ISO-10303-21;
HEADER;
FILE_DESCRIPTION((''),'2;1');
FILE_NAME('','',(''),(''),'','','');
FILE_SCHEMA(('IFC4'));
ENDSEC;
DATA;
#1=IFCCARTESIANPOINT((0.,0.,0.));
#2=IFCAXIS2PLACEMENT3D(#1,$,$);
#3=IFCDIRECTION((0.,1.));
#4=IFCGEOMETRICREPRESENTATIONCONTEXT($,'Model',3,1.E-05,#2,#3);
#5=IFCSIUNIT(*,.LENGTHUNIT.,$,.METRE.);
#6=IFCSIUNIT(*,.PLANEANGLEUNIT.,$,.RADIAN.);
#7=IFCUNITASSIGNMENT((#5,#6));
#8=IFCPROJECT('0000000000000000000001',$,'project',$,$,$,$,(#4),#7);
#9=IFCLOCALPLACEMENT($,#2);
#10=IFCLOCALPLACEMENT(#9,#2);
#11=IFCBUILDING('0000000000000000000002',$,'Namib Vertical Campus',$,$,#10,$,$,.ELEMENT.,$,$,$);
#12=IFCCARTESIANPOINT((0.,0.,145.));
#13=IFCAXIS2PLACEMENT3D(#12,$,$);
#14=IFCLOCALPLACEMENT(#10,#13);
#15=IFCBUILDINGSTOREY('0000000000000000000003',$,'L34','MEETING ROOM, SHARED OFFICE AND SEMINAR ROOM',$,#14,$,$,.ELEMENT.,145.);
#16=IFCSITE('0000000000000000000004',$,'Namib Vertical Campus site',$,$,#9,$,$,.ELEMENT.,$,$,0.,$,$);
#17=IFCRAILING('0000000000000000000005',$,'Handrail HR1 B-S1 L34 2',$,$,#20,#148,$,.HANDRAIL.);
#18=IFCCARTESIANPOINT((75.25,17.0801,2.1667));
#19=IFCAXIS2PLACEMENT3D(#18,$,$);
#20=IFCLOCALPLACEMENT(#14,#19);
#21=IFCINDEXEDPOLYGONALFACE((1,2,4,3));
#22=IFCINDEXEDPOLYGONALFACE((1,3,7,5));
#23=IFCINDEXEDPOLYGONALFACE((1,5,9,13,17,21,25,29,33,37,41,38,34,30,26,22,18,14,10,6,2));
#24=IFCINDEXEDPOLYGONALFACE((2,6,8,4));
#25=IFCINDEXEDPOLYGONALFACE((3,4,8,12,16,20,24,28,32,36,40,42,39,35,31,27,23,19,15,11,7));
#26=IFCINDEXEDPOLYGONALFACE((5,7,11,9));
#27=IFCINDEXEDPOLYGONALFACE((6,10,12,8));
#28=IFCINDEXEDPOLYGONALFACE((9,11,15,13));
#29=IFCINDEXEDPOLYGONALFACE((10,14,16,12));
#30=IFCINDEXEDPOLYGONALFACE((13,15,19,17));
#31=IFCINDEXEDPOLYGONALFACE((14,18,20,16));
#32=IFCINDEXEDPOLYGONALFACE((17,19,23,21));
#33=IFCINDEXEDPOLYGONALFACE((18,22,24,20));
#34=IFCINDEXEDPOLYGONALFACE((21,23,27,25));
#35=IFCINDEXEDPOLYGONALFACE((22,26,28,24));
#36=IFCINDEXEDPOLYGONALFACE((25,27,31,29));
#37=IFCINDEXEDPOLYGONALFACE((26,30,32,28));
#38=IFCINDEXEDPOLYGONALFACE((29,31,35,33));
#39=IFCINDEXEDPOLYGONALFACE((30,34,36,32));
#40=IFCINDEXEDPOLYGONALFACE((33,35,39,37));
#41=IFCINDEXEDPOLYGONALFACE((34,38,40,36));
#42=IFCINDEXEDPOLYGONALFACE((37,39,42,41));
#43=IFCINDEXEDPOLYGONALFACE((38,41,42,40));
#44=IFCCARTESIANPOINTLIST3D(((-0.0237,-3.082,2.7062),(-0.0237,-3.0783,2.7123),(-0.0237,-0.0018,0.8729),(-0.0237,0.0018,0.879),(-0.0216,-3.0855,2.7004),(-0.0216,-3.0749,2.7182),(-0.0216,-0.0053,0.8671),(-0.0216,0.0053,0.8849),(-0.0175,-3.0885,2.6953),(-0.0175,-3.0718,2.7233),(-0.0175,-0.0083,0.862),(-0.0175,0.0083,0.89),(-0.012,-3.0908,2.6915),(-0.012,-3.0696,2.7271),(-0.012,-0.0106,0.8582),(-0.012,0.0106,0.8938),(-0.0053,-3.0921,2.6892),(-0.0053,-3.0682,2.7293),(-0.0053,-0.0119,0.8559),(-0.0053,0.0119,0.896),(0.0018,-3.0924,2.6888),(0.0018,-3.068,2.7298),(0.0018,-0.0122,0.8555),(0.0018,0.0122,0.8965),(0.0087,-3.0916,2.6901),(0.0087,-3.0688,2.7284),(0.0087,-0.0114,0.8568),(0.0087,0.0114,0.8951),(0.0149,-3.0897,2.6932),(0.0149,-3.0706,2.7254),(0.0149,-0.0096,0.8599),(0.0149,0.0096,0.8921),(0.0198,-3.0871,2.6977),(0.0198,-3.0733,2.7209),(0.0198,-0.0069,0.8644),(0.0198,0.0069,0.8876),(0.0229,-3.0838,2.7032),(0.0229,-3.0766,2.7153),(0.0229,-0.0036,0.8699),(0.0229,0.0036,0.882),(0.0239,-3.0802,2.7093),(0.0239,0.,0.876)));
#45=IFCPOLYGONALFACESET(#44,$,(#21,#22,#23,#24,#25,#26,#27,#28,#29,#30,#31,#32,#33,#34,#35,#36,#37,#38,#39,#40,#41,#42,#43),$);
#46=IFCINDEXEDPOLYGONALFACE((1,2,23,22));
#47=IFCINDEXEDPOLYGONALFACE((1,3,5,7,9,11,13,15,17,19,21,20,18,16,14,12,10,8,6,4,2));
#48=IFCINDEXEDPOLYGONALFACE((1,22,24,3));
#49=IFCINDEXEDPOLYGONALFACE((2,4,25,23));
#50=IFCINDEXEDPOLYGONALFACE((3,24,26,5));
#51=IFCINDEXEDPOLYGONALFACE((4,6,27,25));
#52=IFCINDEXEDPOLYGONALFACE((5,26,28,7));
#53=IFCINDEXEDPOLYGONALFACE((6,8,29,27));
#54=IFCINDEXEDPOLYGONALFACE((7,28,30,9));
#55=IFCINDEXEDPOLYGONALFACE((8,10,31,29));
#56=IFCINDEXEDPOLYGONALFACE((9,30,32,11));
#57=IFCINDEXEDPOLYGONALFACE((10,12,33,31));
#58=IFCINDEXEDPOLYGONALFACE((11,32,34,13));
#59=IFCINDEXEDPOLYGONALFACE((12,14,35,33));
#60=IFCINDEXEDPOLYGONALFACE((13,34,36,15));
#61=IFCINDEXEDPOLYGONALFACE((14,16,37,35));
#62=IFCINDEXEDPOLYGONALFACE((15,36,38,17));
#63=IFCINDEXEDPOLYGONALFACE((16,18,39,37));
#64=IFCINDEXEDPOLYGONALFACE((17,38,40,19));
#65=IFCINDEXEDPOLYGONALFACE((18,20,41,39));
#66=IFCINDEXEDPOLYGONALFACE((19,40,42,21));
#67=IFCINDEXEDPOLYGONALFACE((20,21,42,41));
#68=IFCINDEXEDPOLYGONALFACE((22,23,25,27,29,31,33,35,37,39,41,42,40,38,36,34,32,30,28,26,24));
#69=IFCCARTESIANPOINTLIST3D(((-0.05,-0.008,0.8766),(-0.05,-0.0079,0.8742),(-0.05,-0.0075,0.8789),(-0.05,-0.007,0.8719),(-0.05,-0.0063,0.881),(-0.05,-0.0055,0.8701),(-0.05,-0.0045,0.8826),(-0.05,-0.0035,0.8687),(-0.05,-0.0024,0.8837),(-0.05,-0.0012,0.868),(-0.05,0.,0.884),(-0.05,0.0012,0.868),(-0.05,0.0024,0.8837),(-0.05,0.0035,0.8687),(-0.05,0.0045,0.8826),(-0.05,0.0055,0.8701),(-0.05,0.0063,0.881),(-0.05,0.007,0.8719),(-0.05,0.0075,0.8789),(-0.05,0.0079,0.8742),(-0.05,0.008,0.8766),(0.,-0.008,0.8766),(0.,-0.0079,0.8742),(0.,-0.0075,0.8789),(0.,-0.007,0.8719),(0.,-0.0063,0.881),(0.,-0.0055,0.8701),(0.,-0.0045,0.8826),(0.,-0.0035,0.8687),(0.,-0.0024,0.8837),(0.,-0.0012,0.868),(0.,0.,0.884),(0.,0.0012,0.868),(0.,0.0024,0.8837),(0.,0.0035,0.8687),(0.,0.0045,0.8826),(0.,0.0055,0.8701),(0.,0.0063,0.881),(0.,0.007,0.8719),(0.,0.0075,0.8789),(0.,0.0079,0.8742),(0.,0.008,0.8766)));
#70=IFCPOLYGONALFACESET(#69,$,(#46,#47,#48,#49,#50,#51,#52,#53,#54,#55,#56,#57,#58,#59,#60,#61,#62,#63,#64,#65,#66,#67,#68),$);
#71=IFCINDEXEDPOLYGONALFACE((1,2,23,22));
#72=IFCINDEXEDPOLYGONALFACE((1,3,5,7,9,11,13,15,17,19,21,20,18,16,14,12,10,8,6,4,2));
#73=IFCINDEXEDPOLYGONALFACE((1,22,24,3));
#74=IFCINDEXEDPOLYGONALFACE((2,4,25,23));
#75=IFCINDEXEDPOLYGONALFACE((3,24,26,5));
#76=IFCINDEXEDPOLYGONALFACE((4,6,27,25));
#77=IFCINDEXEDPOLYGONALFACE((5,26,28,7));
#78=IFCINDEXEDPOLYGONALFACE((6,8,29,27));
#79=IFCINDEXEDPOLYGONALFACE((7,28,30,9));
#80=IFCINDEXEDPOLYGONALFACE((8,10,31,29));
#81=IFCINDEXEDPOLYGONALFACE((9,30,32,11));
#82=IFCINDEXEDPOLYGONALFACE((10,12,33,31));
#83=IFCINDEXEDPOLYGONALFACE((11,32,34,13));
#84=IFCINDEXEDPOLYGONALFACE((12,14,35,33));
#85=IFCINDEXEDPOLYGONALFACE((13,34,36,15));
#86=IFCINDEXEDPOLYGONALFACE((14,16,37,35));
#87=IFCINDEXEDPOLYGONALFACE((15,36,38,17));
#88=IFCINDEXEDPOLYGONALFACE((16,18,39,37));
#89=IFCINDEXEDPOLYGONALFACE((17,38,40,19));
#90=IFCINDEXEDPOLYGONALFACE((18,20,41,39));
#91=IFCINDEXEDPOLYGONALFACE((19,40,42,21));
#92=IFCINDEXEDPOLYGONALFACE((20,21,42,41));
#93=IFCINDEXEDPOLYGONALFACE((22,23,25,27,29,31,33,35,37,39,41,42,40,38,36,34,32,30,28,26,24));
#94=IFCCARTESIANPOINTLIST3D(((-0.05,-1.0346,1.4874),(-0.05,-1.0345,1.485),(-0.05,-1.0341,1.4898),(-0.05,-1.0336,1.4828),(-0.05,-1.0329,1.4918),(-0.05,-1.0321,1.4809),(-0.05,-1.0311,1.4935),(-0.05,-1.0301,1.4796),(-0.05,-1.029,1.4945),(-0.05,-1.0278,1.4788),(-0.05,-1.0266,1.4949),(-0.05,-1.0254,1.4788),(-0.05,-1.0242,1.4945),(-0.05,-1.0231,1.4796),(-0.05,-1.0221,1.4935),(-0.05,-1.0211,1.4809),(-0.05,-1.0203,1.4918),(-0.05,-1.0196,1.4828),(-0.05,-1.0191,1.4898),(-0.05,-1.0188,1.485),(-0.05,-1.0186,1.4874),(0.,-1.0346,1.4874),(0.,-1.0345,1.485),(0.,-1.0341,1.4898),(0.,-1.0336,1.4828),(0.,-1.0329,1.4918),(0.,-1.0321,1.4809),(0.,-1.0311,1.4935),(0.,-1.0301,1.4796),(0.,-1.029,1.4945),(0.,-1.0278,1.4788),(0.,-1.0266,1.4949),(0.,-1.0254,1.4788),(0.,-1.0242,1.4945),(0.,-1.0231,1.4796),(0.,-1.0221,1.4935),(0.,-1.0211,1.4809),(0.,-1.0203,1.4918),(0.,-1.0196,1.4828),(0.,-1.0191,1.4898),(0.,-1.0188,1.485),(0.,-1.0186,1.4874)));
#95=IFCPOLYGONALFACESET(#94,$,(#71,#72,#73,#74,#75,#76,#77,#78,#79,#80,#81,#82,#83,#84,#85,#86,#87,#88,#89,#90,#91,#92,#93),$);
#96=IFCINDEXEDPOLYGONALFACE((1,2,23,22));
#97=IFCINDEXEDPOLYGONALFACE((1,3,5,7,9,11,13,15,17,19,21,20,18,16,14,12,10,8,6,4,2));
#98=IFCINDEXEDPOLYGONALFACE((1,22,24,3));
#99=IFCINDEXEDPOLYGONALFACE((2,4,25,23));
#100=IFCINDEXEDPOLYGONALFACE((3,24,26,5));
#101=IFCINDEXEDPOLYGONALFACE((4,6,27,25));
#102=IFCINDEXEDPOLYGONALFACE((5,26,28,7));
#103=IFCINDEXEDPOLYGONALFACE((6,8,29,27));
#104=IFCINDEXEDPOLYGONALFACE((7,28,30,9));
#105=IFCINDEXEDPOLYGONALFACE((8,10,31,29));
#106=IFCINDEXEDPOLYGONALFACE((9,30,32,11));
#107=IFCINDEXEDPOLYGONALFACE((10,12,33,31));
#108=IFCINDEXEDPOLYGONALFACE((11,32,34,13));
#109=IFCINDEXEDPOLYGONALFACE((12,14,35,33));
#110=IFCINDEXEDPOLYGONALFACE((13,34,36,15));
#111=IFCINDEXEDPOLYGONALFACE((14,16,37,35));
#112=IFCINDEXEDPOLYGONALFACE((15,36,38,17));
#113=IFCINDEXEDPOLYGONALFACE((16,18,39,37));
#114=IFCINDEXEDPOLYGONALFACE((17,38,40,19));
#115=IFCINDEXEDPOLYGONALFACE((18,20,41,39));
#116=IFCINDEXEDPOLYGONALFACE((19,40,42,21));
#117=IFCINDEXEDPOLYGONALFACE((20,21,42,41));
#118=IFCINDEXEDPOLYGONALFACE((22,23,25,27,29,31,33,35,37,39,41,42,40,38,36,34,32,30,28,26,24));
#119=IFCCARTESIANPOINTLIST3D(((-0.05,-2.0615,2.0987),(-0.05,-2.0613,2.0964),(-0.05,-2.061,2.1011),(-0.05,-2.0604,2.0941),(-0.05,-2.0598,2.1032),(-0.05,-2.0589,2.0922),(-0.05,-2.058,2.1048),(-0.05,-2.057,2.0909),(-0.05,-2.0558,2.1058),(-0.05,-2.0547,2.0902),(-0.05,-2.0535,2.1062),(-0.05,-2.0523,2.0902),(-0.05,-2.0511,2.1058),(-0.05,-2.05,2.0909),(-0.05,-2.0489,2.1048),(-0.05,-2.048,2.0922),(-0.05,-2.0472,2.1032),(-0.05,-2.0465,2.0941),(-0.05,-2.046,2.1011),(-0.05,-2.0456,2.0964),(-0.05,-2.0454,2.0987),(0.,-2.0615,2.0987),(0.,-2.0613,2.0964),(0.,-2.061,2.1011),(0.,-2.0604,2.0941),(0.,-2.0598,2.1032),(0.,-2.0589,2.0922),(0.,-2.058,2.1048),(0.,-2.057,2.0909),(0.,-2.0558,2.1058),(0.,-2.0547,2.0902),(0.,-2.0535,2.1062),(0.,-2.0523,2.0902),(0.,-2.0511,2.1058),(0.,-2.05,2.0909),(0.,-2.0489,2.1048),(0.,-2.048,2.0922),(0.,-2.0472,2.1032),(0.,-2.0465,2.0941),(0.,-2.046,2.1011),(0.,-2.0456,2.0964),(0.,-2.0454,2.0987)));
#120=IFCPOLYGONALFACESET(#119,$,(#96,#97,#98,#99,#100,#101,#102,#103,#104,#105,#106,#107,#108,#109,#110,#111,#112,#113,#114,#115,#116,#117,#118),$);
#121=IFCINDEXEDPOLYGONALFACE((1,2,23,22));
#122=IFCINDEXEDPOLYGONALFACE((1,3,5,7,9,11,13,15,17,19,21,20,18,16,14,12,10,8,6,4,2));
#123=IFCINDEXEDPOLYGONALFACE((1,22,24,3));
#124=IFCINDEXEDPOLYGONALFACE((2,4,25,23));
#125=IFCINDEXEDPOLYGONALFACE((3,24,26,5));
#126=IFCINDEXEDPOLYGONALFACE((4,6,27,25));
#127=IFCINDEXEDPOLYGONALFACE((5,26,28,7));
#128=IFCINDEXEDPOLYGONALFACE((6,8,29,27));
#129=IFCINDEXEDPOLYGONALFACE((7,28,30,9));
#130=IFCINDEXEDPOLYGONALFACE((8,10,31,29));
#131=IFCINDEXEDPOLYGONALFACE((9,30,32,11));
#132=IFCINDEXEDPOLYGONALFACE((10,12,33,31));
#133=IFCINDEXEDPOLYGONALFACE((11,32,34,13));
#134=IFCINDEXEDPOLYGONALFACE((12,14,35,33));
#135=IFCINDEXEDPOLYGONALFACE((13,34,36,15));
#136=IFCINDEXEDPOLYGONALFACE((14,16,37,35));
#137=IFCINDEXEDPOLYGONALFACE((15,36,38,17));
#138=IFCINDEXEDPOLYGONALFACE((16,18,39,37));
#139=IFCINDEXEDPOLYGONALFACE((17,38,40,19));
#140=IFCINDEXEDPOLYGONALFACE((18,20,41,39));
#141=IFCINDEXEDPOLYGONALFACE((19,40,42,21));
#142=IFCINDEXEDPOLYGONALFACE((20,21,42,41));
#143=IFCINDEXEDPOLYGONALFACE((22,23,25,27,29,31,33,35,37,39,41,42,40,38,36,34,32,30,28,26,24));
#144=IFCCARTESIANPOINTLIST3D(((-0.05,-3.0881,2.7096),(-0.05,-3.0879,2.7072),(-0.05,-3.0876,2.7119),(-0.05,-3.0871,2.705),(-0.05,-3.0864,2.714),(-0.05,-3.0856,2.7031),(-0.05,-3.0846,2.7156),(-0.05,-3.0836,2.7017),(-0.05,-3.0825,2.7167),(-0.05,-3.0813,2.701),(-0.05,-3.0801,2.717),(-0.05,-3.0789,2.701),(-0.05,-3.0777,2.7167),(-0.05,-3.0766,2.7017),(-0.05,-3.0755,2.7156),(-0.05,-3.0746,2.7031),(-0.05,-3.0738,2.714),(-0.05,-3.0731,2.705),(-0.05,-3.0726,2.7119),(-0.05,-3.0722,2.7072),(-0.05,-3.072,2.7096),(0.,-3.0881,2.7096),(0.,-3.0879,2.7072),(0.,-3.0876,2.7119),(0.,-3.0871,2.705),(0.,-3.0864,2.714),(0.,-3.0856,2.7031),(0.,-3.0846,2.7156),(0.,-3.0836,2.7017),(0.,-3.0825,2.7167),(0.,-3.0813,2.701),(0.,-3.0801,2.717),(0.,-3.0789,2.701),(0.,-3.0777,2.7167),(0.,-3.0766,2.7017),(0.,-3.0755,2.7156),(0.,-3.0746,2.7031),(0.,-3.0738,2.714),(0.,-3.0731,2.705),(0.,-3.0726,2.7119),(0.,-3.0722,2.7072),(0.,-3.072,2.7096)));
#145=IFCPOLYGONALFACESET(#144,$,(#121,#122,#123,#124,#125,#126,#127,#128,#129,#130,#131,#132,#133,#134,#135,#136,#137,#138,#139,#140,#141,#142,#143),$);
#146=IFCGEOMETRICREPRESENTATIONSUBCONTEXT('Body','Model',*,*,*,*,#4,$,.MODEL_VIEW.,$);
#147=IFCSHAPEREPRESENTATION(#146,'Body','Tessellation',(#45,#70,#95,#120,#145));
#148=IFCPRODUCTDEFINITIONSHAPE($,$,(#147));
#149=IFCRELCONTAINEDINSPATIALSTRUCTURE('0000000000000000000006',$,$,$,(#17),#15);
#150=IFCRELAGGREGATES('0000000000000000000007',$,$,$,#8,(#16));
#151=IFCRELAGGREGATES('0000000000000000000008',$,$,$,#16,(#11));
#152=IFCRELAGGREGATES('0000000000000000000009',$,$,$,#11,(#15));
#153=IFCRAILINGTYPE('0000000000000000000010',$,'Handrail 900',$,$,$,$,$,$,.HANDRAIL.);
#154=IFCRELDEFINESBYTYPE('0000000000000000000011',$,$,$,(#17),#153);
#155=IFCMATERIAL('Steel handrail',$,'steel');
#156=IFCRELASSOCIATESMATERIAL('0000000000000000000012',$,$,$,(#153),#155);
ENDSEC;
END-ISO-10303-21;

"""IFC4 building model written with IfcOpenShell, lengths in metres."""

from ifc_helpers import new_model, si_unit, direction, frame, origin, origin_2d, place, context, subcontext, project, spatial, circle, extrude, material, type_object, element, save


model = new_model("IFC4")

# Units and contexts
model_context = context("Model", 3, precision=1e-05, world=origin(), true_north=direction((0.0, 1.0)))
body_context = subcontext(model_context, "Body", "Model", "MODEL_VIEW")
ifc_project = project(units=[si_unit("LENGTHUNIT", "METRE"), si_unit("PLANEANGLEUNIT", "RADIAN")], contexts=[model_context])

# Site, building, storey
site_placement = place(None, origin())
site = spatial("IfcSite", under=ifc_project, at=site_placement, Name="Namib Vertical Campus site", CompositionType="ELEMENT", RefElevation=0.0)
building_placement = place(site_placement, origin())
building = spatial("IfcBuilding", under=site, at=building_placement, Name="Namib Vertical Campus", CompositionType="ELEMENT")
storey_placement = place(building_placement, frame((0.0, 0.0, 145.0)))
storey = spatial("IfcBuildingStorey", under=building, at=storey_placement, Name="L34", Description="MEETING ROOM, SHARED OFFICE AND SEMINAR ROOM", CompositionType="ELEMENT", Elevation=145.0)

# Railing
ifc_material_1 = material(Name="Steel handrail", Category="steel")
railing_type_1 = type_object("IfcRailingType", Name="Handrail 900", PredefinedType="HANDRAIL", material=ifc_material_1)
railing_1_placement = place(storey_placement, frame((75.25, 17.0801, 2.1667)))
element("IfcRailing", 1, at=railing_1_placement, inside=storey, type_object=railing_type_1, Name="Handrail HR1 B-S1 L34 2", PredefinedType="HANDRAIL", context=body_context, shape_type="SweptSolid", body=[
    extrude(circle(Radius=0.0239, at=origin_2d()), frame((0.0, 0.0, 0.876), z_axis=(0.0, -0.859309, 0.511458), x_axis=(1.0, 0.0, 0.0)), (0.0, 0.0, 1.0), 3.5845),
    extrude(circle(Radius=0.0081, at=origin_2d()), frame((0.0, 0.0, 0.876), z_axis=(-1.0, 0.0, 0.0), x_axis=(0.0, 0.0, 1.0)), (0.0, 0.0, 1.0), 0.05),
    extrude(circle(Radius=0.0081, at=origin_2d()), frame((0.0, -1.0266, 1.4868), z_axis=(-1.0, 0.0, 0.0), x_axis=(0.0, 0.0, 1.0)), (0.0, 0.0, 1.0), 0.05),
    extrude(circle(Radius=0.0081, at=origin_2d()), frame((0.0, -2.0535, 2.0981), z_axis=(-1.0, 0.0, 0.0), x_axis=(0.0, 0.0, 1.0)), (0.0, 0.0, 1.0), 0.05),
    extrude(circle(Radius=0.0081, at=origin_2d()), frame((0.0, -3.0801, 2.709), z_axis=(-1.0, 0.0, 0.0), x_axis=(0.0, 0.0, 1.0)), (0.0, 0.0, 1.0), 0.05),
])

save(model, "model.ifc")
